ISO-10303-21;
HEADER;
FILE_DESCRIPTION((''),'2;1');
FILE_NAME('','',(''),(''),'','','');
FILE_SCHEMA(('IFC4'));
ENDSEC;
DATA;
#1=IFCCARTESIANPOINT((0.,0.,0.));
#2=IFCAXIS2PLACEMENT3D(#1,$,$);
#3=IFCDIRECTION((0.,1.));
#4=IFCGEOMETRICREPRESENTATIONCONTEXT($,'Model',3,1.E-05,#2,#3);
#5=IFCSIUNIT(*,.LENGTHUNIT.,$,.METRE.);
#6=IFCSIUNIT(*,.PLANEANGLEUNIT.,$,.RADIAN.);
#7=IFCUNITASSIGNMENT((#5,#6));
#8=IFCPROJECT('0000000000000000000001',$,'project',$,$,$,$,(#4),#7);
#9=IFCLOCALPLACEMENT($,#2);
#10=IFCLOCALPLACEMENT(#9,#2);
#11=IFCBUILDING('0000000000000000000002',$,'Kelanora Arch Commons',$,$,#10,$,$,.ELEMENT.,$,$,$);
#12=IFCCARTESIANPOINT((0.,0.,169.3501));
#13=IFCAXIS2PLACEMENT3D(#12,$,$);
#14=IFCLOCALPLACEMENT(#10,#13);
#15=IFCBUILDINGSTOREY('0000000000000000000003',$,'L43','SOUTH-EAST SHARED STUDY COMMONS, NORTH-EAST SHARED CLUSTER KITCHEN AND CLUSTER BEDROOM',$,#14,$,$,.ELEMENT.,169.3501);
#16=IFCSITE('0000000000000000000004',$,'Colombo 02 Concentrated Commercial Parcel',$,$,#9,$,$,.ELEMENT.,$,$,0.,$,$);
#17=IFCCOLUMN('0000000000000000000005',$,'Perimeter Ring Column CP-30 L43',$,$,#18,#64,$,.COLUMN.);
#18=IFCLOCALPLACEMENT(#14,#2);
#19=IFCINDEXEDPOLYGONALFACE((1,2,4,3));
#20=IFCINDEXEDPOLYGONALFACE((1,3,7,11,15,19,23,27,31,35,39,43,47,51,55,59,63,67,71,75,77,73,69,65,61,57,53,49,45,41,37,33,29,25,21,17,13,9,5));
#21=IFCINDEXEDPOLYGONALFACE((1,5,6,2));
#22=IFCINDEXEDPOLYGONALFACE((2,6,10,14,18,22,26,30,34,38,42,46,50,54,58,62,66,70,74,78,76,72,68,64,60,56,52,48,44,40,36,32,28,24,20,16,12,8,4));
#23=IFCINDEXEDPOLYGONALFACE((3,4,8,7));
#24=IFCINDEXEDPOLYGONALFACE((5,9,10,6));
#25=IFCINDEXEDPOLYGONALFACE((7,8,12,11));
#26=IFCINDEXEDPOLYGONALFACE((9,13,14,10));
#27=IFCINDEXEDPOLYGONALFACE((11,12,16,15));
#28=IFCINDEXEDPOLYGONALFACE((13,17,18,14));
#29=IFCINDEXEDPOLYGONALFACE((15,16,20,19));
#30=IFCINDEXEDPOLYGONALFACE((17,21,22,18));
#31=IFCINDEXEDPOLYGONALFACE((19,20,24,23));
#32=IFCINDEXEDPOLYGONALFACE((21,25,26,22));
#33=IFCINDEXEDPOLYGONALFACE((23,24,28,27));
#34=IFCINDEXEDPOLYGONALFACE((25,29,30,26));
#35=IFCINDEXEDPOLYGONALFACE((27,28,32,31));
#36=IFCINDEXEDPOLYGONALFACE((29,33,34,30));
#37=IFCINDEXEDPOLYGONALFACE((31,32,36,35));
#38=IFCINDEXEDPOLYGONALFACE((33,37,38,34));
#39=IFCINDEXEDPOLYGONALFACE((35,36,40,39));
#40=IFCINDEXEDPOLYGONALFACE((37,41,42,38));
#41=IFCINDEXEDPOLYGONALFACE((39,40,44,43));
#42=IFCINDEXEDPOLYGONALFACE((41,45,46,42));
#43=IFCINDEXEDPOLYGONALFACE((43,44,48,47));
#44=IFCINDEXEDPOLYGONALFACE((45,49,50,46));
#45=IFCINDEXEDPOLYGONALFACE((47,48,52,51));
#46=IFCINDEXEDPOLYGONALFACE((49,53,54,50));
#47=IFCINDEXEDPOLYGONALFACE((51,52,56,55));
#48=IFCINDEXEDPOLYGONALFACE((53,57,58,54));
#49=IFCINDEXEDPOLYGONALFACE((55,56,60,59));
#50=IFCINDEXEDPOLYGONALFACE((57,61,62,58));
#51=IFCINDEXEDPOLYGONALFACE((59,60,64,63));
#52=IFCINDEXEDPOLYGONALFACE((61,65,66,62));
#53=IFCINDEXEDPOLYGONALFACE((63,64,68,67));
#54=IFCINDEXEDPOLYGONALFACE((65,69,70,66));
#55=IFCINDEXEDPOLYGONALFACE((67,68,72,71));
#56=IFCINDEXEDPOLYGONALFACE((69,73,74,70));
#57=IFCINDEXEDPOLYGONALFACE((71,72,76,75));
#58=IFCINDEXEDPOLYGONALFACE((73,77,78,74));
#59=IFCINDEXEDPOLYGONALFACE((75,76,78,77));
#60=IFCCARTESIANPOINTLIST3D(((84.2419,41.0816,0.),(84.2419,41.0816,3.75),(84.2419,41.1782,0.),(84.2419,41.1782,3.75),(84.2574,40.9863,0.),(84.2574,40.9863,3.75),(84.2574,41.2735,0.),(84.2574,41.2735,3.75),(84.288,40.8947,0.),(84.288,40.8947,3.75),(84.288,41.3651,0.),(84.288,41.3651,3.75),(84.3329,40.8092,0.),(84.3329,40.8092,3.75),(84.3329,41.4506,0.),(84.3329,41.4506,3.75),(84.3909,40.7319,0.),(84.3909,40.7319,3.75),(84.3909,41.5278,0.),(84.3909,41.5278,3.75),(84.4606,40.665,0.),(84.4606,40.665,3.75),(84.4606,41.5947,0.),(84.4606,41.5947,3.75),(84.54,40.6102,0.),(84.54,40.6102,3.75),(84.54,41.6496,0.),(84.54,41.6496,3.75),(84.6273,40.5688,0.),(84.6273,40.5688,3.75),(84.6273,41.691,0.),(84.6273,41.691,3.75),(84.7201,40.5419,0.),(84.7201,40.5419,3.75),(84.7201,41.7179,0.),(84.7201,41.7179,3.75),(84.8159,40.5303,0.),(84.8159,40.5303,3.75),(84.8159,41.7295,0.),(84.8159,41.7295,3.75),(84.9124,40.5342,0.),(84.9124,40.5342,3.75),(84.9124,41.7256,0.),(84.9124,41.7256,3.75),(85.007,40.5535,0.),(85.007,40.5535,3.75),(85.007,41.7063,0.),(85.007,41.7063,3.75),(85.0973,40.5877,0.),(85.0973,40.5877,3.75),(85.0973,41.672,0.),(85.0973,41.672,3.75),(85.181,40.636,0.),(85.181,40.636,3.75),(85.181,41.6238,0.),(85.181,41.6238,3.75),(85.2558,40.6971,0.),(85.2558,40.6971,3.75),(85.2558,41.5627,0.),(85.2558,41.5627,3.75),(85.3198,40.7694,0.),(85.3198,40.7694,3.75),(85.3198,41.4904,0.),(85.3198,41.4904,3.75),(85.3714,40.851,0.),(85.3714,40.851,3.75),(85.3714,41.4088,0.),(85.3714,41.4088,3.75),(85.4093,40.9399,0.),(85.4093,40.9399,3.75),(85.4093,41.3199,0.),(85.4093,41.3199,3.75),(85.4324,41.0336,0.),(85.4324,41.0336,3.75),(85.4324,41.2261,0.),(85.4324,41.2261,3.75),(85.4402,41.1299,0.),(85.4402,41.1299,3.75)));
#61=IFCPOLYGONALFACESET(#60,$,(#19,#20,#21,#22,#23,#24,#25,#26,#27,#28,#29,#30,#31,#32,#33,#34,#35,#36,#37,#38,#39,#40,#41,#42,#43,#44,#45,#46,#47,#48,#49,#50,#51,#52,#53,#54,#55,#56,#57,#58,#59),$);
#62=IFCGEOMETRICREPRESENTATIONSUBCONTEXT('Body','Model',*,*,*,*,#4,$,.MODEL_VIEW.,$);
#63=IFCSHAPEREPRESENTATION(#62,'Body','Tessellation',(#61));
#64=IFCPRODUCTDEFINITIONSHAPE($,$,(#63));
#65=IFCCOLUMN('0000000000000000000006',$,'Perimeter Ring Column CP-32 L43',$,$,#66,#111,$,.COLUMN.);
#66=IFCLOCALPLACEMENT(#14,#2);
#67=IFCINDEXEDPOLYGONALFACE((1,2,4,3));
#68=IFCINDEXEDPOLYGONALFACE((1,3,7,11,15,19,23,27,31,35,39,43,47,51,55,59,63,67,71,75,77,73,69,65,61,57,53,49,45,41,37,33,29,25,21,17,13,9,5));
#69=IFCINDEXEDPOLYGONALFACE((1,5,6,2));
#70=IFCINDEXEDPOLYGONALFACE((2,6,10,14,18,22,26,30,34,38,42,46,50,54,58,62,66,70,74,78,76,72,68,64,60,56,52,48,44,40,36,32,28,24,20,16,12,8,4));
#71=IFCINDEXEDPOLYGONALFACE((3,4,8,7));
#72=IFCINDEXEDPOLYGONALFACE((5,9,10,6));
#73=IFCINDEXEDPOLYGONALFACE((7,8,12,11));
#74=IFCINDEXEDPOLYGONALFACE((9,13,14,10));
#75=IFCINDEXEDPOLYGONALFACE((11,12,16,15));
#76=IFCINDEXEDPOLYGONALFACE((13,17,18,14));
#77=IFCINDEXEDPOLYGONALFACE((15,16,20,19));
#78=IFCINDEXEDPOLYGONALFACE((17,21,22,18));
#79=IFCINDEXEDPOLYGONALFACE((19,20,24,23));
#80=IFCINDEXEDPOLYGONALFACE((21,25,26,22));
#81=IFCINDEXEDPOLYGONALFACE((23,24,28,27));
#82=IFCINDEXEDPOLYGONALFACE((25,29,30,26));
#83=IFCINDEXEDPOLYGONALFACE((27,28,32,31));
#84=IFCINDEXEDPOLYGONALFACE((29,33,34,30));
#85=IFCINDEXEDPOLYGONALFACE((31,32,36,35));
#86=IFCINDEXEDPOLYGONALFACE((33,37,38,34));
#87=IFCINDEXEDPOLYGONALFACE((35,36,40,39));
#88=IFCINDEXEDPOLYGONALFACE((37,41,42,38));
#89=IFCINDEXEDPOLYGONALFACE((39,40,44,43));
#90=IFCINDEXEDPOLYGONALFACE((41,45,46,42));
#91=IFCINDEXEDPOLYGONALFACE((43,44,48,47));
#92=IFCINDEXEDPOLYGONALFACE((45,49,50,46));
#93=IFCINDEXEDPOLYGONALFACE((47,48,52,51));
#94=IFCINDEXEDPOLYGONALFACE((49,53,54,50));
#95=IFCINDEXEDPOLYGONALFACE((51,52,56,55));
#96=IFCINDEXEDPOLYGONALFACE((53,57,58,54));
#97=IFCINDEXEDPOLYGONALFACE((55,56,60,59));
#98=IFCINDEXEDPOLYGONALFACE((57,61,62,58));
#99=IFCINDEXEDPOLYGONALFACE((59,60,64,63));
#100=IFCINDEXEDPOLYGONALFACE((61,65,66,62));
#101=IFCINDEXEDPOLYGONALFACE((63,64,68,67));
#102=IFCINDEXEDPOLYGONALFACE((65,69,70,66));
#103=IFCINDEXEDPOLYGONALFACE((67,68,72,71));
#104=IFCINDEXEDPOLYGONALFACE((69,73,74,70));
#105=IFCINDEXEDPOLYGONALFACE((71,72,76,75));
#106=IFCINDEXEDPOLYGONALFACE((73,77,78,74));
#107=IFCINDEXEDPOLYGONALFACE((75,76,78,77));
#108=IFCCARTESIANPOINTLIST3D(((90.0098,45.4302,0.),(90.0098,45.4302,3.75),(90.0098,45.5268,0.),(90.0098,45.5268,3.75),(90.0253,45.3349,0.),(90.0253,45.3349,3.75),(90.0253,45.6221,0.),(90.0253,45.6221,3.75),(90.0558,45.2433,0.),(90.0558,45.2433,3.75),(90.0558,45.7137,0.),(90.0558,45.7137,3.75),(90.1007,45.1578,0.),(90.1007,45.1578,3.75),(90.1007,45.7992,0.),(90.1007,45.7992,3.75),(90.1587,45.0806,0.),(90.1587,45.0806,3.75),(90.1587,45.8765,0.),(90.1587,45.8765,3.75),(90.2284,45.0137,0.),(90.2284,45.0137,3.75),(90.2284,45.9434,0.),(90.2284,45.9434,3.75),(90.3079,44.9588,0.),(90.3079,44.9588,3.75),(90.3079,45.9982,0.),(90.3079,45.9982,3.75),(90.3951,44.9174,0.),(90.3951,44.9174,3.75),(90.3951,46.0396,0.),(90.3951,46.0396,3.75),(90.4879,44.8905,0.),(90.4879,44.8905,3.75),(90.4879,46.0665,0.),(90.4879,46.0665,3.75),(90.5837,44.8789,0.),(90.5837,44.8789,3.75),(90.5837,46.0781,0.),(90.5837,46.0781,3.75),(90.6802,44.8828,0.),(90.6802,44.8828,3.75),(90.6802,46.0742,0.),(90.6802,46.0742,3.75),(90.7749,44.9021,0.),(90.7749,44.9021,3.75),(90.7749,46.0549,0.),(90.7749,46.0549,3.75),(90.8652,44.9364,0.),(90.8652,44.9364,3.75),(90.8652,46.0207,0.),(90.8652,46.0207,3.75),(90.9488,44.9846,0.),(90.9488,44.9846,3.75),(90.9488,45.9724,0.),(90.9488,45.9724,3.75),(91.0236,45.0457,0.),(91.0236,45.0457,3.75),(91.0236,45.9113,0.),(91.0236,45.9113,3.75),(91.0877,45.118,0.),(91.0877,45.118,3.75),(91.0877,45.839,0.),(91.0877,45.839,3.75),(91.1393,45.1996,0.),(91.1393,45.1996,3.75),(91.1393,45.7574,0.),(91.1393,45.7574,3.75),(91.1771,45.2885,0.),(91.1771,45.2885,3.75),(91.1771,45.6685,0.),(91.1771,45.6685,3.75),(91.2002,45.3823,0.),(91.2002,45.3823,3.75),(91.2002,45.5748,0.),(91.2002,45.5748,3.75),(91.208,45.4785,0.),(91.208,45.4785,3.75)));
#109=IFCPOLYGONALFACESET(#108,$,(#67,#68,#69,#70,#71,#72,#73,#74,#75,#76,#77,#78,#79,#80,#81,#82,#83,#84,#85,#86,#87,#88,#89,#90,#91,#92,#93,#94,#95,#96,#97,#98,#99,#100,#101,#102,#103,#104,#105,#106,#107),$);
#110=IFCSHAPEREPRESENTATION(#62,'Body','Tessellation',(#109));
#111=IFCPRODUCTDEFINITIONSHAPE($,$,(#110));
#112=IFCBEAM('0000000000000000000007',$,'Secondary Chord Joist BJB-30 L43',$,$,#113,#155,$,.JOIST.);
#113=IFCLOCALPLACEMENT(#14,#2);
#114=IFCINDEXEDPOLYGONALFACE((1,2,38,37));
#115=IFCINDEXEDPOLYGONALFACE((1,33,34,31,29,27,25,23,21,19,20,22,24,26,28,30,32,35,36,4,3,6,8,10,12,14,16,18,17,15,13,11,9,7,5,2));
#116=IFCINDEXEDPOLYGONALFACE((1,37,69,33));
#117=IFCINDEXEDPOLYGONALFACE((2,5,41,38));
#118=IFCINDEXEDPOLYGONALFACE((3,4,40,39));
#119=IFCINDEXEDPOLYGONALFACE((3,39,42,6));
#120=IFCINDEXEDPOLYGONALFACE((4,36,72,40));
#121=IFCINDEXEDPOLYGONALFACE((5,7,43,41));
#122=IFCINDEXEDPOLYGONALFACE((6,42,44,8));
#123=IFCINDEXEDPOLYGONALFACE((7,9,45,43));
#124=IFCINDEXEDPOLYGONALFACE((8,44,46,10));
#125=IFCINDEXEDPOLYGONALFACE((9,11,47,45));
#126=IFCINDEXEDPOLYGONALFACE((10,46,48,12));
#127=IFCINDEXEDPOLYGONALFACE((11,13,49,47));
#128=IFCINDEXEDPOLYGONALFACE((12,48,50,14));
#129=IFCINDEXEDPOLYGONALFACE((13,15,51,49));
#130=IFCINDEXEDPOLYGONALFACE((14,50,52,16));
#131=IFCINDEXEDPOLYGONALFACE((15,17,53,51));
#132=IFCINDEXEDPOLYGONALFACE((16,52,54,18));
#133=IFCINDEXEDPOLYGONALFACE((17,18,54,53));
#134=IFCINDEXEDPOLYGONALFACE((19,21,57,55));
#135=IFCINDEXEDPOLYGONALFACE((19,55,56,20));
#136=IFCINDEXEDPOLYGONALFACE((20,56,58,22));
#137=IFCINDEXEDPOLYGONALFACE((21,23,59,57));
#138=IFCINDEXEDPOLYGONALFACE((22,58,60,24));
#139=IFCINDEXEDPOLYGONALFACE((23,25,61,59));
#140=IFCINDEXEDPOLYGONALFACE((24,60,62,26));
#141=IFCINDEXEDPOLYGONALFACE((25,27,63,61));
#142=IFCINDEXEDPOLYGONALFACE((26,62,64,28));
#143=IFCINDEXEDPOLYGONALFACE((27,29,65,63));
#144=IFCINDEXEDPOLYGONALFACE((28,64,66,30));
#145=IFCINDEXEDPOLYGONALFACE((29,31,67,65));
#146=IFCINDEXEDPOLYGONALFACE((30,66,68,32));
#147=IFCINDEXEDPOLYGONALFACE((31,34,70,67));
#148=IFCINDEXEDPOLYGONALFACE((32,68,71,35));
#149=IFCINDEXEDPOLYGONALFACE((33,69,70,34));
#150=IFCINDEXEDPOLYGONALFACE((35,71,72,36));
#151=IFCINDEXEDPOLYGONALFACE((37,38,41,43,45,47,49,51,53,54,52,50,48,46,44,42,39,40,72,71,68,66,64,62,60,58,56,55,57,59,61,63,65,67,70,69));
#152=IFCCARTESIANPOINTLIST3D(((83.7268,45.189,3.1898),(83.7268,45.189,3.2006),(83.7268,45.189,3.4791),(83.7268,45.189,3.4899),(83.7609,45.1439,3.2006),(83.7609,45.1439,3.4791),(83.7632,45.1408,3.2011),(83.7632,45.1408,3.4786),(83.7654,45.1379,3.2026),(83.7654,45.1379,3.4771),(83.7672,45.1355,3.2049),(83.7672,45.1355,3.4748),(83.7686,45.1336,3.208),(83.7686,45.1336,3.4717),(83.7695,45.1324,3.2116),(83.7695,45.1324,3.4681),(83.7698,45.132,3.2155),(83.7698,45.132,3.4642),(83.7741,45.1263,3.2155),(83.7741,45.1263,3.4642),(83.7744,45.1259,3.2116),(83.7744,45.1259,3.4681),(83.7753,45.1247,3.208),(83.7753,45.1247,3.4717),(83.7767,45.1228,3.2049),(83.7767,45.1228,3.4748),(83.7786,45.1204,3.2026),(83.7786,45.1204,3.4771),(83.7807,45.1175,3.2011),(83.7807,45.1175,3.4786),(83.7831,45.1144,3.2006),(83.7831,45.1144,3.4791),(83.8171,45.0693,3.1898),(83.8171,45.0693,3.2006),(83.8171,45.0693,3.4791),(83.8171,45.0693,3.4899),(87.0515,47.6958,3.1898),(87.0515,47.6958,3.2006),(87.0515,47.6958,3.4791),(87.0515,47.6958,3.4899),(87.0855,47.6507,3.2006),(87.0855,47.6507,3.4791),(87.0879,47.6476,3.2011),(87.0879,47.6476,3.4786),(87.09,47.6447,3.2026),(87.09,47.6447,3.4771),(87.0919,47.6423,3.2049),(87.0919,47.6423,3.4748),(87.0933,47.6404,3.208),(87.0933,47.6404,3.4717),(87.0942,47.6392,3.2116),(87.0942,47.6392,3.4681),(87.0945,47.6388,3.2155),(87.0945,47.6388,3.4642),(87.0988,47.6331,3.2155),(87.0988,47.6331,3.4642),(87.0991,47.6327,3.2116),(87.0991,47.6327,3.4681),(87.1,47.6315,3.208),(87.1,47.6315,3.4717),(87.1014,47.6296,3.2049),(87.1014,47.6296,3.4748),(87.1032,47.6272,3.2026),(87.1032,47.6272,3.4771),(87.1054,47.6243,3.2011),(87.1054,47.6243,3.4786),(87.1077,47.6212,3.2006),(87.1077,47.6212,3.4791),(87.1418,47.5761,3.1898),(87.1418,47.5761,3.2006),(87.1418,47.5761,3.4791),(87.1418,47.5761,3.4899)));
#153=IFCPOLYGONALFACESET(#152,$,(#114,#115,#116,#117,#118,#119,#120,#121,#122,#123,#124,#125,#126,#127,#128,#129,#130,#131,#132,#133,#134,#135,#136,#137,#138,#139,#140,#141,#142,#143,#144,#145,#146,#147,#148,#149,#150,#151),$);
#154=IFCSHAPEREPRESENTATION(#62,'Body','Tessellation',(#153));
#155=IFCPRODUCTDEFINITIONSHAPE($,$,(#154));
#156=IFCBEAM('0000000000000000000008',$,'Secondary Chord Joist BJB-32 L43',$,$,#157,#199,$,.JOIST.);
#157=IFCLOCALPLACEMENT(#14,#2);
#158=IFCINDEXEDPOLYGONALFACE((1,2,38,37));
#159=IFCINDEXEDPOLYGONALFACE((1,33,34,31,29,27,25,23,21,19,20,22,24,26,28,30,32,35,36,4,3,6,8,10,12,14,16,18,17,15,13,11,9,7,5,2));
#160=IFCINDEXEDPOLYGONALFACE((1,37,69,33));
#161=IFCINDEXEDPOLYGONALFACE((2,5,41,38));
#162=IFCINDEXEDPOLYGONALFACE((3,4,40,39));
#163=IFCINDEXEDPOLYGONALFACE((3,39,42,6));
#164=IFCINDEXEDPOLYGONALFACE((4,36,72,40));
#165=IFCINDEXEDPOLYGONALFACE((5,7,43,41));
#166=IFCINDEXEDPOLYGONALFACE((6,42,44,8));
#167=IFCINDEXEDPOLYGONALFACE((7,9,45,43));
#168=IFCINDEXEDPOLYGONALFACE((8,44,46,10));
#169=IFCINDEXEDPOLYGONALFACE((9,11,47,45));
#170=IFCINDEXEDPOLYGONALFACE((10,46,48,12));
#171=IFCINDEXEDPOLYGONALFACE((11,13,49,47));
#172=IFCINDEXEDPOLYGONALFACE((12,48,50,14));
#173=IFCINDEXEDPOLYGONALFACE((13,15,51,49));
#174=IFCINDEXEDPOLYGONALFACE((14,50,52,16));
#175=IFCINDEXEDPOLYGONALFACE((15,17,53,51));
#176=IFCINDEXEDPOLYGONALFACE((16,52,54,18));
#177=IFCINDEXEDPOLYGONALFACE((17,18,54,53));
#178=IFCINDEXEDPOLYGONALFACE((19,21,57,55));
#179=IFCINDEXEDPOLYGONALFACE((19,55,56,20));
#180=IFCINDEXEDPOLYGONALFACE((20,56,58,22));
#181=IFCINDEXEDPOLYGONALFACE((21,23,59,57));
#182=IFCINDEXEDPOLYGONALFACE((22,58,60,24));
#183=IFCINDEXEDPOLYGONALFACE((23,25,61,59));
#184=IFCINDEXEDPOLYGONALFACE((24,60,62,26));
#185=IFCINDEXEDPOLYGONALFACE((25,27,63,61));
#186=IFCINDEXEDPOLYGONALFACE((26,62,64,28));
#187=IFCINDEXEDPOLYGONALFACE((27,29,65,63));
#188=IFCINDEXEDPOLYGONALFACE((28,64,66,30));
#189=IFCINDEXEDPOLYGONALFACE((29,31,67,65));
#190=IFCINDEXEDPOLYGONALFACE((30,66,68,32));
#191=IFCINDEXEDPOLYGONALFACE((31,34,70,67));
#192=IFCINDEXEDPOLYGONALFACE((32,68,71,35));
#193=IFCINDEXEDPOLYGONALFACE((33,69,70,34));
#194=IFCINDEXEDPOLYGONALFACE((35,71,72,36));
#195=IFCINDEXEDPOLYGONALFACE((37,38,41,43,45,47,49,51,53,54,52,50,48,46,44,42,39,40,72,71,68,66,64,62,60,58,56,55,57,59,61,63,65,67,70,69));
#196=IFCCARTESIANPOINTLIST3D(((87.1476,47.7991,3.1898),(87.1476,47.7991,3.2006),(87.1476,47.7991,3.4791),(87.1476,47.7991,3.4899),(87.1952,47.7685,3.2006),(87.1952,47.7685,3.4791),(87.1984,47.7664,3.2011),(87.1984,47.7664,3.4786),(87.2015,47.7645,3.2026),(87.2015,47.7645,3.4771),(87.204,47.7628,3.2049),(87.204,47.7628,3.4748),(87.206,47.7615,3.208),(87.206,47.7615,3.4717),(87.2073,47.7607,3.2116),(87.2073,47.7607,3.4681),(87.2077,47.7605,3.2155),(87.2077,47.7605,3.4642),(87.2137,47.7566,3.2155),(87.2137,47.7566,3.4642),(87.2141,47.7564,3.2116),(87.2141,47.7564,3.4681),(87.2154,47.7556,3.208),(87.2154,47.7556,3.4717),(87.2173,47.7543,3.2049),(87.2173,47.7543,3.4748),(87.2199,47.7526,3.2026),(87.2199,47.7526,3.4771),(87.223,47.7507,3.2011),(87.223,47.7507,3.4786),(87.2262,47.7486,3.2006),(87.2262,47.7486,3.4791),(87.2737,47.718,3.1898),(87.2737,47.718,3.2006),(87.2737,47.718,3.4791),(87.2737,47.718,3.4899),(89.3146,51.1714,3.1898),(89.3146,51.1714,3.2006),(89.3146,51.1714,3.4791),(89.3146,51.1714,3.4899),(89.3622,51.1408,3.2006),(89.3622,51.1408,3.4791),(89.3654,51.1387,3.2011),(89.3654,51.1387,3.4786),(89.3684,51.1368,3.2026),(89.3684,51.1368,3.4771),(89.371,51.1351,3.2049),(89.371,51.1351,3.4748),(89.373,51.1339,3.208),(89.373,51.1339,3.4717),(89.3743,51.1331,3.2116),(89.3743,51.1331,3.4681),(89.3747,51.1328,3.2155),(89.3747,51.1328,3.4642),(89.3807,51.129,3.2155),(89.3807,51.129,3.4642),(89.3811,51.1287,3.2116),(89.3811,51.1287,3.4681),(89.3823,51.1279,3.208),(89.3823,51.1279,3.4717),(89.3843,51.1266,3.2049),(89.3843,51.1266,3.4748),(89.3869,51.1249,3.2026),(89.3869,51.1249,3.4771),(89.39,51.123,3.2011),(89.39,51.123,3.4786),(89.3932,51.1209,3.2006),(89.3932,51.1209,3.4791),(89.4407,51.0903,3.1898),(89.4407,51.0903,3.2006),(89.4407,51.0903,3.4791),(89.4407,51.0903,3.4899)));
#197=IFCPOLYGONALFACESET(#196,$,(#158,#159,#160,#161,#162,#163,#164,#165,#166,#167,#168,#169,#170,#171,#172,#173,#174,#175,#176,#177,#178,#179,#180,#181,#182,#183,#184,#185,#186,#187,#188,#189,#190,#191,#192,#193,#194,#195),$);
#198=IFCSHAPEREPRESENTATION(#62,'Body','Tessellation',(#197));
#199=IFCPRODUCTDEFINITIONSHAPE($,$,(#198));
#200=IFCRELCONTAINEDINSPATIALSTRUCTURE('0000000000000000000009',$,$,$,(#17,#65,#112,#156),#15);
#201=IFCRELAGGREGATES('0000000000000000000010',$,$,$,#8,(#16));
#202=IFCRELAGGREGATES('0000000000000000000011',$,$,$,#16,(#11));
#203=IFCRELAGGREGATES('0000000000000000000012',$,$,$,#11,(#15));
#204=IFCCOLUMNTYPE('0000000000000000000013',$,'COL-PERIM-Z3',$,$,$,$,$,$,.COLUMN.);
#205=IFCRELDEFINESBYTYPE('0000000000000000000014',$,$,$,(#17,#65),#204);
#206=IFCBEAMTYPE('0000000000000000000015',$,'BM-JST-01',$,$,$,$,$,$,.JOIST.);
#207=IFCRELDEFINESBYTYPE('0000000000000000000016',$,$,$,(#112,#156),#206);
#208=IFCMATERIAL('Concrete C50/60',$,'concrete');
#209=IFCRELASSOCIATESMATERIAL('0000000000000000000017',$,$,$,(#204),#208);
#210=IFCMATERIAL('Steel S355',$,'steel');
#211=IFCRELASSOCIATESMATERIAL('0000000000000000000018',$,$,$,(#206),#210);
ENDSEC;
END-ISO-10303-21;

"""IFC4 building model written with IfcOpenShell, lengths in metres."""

from ifc_helpers import new_model, si_unit, direction, frame, origin, origin_2d, place, context, subcontext, project, spatial, circle, i_section, extrude, material, material_profile, profile_set, type_object, element, save


model = new_model("IFC4")

# Units and contexts
model_context = context("Model", 3, precision=1e-05, world=origin(), true_north=direction((0.0, 1.0)))
body_context = subcontext(model_context, "Body", "Model", "MODEL_VIEW")
ifc_project = project(units=[si_unit("LENGTHUNIT", "METRE"), si_unit("PLANEANGLEUNIT", "RADIAN")], contexts=[model_context])

# Site, building, storey
site_placement = place(None, origin())
site = spatial("IfcSite", under=ifc_project, at=site_placement, Name="Colombo 02 Concentrated Commercial Parcel", CompositionType="ELEMENT", RefElevation=0.0)
building_placement = place(site_placement, origin())
building = spatial("IfcBuilding", under=site, at=building_placement, Name="Kelanora Arch Commons", CompositionType="ELEMENT")
storey_placement = place(building_placement, frame((0.0, 0.0, 169.3501)))
storey = spatial("IfcBuildingStorey", under=building, at=storey_placement, Name="L43", Description="SOUTH-EAST SHARED STUDY COMMONS, NORTH-EAST SHARED CLUSTER KITCHEN AND CLUSTER BEDROOM", CompositionType="ELEMENT", Elevation=169.3501)

# Columns
ifc_material_1 = material(Name="Concrete C50/60", Category="concrete")
ifc_material_profile_1 = material_profile(ifc_material_1, circle(Radius=0.6001, at=origin_2d()), Name="RCC1200")
ifc_profile_set_1 = profile_set([ifc_material_profile_1], Name="Concrete C50/60")
column_type = type_object("IfcColumnType", Name="COL-PERIM-Z3", PredefinedType="COLUMN", material=ifc_profile_set_1)
for number, where, z_axis, x_axis, name in (
    (1, (84.8401, 41.1299, 0.0), (0.0, 0.0, 1.0), (1.0, 0.0, 0.0), "Perimeter Ring Column CP-30 L43"),
    (2, (90.6079, 45.4785, 0.0), (0.0, 0.0, 1.0), (1.0, 0.0, 0.0), "Perimeter Ring Column CP-32 L43"),
):
    element("IfcColumn", number, at=place(storey_placement, frame(where, z_axis=z_axis, x_axis=x_axis)), inside=storey, type_object=column_type, Name=name, PredefinedType="COLUMN", context=body_context, shape_type="SweptSolid", body=[
        extrude(circle(Radius=0.6001, at=origin_2d()), origin(), (0.0, 0.0, 1.0), 3.75),
    ])

# Beams
ifc_material_2 = material(Name="Steel S355", Category="steel")
ifc_material_profile_2 = material_profile(ifc_material_2, i_section(OverallWidth=0.1499, OverallDepth=0.3, WebThickness=0.0071, FlangeThickness=0.0107, FilletRadius=0.0149, at=origin_2d()), Name="IPE300")
ifc_profile_set_2 = profile_set([ifc_material_profile_2], Name="Steel S355")
beam_type_1 = type_object("IfcBeamType", Name="BM-JST-01", PredefinedType="JOIST", material=ifc_profile_set_2)
beam_1_placement = place(storey_placement, frame((83.772, 45.1292, 3.3398), z_axis=(0.798464, 0.602043, 0.0), x_axis=(-0.602043, 0.798464, 0.0)))
element("IfcBeam", 3, at=beam_1_placement, inside=storey, type_object=beam_type_1, Name="Secondary Chord Joist BJB-30 L43", PredefinedType="JOIST", context=body_context, shape_type="SweptSolid", body=[
    extrude(i_section(OverallWidth=0.1499, OverallDepth=0.3, WebThickness=0.0071, FlangeThickness=0.0107, FilletRadius=0.0149, at=origin_2d()), origin(), (0.0, 0.0, 1.0), 4.1638),
])
beam_2_placement = place(storey_placement, frame((87.2107, 47.7585, 3.3398), z_axis=(0.540594, 0.841283, 0.0), x_axis=(-0.841283, 0.540594, 0.0)))
element("IfcBeam", 4, at=beam_2_placement, inside=storey, type_object=beam_type_1, Name="Secondary Chord Joist BJB-32 L43", PredefinedType="JOIST", context=body_context, shape_type="SweptSolid", body=[
    extrude(i_section(OverallWidth=0.1499, OverallDepth=0.3, WebThickness=0.0071, FlangeThickness=0.0107, FilletRadius=0.0149, at=origin_2d()), origin(), (0.0, 0.0, 1.0), 4.0085),
])

save(model, "model.ifc")
